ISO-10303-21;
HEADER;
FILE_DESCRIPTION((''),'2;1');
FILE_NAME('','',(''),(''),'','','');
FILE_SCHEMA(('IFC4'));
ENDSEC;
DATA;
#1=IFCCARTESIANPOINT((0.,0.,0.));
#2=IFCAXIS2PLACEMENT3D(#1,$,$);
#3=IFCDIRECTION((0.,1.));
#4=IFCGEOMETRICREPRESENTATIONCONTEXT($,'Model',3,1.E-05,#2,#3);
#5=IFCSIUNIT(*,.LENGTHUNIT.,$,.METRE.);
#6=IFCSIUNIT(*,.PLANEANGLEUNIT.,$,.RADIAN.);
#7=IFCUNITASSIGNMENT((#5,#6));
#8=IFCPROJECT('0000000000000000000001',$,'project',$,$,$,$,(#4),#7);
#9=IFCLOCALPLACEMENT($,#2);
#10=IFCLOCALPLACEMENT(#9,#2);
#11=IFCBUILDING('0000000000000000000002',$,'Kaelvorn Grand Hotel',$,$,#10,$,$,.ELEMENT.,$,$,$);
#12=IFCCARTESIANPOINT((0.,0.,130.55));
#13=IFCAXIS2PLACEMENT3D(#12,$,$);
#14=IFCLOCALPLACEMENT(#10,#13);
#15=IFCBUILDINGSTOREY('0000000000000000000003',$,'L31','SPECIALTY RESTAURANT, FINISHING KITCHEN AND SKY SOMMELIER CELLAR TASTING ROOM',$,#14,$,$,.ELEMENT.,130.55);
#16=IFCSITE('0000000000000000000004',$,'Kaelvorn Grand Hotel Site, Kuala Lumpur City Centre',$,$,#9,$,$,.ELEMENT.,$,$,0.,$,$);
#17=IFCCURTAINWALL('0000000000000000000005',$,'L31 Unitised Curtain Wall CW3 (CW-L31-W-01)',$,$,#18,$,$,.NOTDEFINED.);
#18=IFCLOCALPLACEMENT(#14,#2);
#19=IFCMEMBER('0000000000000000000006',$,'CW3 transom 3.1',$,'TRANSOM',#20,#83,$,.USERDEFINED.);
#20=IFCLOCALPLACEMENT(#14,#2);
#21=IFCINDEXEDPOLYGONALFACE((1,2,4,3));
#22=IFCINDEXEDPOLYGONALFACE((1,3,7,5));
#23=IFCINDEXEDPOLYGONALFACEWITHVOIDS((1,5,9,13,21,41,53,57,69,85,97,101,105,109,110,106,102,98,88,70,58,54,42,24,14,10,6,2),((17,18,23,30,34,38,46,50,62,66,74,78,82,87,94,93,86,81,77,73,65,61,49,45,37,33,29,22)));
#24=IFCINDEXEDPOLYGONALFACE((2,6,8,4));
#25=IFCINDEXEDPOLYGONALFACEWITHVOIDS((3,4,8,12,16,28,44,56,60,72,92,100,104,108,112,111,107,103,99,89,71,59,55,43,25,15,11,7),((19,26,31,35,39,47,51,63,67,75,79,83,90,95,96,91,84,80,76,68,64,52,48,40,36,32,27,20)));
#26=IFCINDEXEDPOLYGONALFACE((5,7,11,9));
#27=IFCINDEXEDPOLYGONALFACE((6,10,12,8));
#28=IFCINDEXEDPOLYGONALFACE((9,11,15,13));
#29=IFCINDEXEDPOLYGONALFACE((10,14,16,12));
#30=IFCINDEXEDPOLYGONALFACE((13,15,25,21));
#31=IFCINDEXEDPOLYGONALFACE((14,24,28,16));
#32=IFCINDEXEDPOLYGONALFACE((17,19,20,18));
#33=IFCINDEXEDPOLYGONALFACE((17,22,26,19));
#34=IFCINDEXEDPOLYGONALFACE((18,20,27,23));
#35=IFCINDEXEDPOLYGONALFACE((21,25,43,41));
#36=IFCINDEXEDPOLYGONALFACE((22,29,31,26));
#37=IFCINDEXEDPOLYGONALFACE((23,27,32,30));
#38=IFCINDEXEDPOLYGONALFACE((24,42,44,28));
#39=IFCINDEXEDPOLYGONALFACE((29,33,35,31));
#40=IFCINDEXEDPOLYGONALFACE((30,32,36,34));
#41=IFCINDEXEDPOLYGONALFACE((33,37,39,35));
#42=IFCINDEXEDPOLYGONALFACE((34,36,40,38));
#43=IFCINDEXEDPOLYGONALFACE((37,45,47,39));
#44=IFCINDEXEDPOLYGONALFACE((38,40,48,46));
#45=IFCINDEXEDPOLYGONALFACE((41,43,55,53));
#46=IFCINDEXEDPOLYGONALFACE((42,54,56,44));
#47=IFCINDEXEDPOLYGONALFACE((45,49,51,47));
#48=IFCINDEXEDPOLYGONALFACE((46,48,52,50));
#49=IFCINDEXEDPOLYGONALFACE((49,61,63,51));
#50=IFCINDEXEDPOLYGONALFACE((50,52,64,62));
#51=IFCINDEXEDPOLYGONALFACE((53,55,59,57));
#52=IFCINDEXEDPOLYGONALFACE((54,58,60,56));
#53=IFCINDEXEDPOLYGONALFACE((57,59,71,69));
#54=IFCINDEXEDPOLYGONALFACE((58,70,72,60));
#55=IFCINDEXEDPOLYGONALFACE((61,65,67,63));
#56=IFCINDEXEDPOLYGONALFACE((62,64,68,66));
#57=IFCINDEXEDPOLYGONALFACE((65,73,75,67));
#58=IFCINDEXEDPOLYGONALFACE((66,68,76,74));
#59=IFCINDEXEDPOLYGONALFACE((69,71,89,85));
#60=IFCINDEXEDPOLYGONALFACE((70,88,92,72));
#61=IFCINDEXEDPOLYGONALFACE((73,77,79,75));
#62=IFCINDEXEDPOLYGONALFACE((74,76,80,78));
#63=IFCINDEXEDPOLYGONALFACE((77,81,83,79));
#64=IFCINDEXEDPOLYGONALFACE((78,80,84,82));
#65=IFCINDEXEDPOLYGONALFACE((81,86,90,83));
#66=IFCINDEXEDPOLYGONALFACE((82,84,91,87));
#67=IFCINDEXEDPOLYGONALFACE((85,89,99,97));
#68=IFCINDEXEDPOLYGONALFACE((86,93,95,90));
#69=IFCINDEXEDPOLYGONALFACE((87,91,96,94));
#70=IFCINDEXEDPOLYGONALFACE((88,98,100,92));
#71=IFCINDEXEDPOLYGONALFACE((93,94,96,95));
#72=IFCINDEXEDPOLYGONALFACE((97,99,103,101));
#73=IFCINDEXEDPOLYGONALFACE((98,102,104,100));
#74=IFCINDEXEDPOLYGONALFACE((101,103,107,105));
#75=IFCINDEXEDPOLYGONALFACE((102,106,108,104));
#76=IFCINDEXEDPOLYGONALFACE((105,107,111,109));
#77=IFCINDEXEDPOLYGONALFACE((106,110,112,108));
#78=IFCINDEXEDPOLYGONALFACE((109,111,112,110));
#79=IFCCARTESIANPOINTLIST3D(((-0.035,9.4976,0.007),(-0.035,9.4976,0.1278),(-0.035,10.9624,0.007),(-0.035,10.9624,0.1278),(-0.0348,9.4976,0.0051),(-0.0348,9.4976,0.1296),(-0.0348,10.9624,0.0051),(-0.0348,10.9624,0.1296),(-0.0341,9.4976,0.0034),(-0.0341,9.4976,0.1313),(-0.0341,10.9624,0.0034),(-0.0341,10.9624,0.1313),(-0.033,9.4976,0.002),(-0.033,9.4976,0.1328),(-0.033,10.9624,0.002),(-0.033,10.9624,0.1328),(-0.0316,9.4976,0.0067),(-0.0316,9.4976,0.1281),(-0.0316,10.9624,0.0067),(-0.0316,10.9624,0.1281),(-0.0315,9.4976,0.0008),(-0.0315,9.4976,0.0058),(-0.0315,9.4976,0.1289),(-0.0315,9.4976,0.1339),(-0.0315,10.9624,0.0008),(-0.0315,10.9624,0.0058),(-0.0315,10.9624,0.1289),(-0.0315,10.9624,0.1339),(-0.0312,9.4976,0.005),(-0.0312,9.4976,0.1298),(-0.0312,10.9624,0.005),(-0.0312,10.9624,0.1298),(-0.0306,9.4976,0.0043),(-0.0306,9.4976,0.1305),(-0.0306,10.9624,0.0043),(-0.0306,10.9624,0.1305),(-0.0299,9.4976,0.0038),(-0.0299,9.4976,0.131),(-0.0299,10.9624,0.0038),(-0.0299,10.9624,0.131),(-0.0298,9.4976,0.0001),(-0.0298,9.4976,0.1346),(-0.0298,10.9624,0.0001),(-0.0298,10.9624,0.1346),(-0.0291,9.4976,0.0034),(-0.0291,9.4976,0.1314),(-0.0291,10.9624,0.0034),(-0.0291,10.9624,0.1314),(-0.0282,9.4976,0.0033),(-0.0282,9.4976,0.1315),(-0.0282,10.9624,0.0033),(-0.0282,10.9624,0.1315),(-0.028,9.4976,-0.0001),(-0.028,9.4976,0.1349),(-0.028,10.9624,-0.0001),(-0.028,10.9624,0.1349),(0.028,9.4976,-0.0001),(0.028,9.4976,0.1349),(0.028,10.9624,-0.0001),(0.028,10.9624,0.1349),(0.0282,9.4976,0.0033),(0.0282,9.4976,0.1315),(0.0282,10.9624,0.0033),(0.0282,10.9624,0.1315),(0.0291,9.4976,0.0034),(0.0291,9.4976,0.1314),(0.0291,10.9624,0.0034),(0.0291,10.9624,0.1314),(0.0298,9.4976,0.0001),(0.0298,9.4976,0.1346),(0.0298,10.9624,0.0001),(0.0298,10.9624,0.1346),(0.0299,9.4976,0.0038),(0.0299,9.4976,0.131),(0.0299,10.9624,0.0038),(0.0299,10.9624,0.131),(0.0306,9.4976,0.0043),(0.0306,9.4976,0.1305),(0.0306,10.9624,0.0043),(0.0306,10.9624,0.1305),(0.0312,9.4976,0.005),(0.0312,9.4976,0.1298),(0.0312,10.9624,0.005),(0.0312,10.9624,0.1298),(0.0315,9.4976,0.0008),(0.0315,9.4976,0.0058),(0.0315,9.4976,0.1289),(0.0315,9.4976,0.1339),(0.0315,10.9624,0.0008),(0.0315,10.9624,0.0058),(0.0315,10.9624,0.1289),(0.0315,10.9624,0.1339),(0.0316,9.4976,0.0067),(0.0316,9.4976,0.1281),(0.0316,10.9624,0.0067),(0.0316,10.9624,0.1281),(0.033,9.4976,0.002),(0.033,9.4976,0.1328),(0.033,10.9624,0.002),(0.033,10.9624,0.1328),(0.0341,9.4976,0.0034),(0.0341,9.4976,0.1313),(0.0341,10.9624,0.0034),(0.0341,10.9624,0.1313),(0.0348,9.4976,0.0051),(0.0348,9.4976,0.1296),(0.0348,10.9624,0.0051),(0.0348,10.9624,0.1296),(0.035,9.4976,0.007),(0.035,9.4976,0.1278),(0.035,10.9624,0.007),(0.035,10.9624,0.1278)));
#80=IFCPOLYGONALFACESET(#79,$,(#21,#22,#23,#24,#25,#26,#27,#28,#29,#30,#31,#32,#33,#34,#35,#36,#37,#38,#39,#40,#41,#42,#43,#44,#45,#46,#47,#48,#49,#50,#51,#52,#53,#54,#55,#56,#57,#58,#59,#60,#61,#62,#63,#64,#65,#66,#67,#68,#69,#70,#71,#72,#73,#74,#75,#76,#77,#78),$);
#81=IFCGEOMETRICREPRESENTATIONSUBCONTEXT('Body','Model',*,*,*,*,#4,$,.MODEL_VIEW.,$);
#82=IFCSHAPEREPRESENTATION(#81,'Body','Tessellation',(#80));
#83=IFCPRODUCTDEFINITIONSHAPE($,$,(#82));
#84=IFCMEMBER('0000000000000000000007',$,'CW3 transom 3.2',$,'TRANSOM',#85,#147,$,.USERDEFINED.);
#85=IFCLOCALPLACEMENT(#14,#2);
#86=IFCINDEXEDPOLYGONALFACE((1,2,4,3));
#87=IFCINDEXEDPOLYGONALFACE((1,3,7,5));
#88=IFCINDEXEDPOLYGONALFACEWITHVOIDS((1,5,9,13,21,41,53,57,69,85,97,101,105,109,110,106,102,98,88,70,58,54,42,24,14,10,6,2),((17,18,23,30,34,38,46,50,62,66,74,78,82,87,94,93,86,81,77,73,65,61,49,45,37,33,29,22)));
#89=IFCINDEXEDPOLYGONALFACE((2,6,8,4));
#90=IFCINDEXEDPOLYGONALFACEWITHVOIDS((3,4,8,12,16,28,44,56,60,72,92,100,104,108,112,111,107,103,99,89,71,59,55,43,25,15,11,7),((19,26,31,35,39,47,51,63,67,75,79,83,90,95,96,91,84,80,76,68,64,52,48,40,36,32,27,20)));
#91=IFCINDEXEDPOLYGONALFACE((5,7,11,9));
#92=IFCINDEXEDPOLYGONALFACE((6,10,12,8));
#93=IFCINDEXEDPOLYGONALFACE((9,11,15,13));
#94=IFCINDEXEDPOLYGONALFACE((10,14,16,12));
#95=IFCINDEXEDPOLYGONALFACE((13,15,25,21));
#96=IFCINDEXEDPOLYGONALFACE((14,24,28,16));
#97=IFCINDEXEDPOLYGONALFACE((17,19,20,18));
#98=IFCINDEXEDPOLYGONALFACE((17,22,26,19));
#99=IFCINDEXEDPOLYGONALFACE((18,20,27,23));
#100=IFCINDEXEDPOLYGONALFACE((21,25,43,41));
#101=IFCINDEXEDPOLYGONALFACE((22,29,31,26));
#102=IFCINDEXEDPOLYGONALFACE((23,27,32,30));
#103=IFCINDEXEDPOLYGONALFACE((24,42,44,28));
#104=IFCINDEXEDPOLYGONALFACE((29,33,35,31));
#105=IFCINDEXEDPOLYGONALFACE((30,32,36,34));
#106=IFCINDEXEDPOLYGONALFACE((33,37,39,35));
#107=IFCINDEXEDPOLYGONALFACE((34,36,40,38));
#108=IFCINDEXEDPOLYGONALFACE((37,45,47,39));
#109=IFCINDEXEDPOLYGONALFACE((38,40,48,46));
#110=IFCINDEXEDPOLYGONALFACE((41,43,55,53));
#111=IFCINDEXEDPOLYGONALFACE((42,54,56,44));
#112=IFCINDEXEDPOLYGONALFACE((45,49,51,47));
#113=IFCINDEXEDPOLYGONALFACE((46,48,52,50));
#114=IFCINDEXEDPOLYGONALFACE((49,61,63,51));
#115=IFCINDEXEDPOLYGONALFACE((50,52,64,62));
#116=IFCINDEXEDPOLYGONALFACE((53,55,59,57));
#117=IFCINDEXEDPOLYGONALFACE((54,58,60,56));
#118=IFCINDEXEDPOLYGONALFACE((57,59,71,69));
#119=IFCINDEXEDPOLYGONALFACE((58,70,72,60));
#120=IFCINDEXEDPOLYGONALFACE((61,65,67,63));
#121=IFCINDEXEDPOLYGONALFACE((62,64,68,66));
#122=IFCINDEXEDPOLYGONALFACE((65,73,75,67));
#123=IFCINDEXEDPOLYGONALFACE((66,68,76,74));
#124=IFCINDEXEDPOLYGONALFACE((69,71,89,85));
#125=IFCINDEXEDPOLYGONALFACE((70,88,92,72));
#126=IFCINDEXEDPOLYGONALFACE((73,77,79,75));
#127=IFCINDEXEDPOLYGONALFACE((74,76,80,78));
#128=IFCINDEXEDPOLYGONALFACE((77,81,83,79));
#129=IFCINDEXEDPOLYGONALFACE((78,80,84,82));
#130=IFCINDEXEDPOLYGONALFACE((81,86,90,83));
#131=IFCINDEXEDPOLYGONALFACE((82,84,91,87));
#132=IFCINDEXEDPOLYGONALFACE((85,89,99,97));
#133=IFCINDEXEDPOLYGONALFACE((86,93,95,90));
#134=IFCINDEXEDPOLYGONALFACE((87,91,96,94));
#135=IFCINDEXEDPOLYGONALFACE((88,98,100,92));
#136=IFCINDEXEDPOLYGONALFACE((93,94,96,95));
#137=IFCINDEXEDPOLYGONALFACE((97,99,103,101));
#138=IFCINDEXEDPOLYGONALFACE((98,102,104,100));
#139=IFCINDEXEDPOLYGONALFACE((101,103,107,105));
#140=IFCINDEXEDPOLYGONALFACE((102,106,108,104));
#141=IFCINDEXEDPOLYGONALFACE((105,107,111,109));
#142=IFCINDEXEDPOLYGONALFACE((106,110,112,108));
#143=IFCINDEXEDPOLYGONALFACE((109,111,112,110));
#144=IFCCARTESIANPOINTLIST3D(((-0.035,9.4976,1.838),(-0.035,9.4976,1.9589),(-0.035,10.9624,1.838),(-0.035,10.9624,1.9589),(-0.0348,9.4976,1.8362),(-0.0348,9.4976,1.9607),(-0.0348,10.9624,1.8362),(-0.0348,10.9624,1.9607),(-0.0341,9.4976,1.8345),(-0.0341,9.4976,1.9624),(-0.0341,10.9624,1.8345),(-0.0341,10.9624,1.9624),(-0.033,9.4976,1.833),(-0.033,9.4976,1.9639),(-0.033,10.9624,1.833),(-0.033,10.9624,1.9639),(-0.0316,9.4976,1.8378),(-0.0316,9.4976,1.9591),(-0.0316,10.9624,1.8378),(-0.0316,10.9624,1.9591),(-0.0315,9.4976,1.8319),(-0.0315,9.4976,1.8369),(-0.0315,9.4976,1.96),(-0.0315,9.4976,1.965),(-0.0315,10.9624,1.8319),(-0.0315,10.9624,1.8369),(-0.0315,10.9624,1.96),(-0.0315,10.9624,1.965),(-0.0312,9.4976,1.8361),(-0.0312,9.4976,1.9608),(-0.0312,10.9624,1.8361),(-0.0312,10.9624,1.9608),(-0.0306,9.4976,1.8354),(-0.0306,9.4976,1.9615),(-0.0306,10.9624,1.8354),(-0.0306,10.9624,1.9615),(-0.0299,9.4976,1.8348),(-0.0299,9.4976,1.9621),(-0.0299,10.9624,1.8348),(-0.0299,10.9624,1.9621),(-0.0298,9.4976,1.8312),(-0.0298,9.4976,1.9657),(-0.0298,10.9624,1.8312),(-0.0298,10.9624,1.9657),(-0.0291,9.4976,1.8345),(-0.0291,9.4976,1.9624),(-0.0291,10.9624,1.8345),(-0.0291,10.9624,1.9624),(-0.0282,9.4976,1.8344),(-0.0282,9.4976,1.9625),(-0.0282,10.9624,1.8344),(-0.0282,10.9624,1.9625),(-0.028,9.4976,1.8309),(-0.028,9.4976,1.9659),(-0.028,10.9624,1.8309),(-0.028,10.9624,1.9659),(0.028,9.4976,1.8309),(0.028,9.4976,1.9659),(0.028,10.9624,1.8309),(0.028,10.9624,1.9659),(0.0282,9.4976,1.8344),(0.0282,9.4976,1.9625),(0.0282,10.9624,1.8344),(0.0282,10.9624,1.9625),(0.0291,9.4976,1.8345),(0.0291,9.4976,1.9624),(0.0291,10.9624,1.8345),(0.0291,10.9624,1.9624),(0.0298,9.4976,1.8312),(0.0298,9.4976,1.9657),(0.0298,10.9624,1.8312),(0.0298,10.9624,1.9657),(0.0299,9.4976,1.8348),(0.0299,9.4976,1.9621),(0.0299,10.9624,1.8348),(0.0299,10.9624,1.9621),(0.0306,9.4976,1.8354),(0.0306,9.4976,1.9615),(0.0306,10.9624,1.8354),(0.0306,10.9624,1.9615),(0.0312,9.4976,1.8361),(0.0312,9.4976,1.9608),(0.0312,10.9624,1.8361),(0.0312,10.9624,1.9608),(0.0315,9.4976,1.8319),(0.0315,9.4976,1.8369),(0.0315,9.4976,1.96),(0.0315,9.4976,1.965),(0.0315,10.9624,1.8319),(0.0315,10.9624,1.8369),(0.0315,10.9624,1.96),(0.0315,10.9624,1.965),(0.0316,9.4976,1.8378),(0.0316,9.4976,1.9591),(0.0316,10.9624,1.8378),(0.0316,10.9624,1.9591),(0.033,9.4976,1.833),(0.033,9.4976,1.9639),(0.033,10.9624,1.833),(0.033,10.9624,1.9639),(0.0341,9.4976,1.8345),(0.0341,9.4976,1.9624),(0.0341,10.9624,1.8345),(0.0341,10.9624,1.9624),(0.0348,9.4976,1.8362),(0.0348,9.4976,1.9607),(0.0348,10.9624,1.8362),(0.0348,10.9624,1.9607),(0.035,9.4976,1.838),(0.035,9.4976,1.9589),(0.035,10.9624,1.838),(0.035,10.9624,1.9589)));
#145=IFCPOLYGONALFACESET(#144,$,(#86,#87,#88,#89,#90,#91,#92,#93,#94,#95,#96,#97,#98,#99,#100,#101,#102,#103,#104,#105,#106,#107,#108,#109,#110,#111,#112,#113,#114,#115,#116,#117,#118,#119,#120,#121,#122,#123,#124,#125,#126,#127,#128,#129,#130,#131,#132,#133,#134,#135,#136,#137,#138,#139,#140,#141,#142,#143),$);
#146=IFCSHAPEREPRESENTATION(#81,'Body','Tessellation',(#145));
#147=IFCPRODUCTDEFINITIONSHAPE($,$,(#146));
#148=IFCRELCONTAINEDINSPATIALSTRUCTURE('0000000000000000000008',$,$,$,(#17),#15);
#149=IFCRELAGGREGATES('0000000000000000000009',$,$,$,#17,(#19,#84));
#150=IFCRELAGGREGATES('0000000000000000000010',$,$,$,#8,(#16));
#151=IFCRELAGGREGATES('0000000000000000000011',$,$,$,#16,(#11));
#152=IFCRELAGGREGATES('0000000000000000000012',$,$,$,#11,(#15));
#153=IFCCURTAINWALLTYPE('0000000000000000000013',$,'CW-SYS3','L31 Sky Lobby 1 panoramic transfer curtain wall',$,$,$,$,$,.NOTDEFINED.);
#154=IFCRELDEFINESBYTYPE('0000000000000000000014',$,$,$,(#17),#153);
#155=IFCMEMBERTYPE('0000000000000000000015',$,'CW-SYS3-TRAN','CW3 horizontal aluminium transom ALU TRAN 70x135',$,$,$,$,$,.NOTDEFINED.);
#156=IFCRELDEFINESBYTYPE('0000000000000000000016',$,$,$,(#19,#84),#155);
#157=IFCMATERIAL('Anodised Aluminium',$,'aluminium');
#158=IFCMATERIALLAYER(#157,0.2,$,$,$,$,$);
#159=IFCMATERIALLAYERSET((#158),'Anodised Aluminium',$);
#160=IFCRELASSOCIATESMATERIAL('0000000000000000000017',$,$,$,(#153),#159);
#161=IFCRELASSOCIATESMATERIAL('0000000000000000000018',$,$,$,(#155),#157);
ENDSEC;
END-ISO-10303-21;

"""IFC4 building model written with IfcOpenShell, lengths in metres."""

from ifc_helpers import new_model, si_unit, direction, frame, origin, origin_2d, place, context, subcontext, project, spatial, hollow_rectangle, extrude, material, layer, layer_set, material_profile, profile_set, type_object, element, aggregate, save


model = new_model("IFC4")

# Units and contexts
model_context = context("Model", 3, precision=1e-05, world=origin(), true_north=direction((0.0, 1.0)))
body_context = subcontext(model_context, "Body", "Model", "MODEL_VIEW")
ifc_project = project(units=[si_unit("LENGTHUNIT", "METRE"), si_unit("PLANEANGLEUNIT", "RADIAN")], contexts=[model_context])

# Site, building, storey
site_placement = place(None, origin())
site = spatial("IfcSite", under=ifc_project, at=site_placement, Name="Kaelvorn Grand Hotel Site, Kuala Lumpur City Centre", CompositionType="ELEMENT", RefElevation=0.0)
building_placement = place(site_placement, origin())
building = spatial("IfcBuilding", under=site, at=building_placement, Name="Kaelvorn Grand Hotel", CompositionType="ELEMENT")
storey_placement = place(building_placement, frame((0.0, 0.0, 130.55)))
storey = spatial("IfcBuildingStorey", under=building, at=storey_placement, Name="L31", Description="SPECIALTY RESTAURANT, FINISHING KITCHEN AND SKY SOMMELIER CELLAR TASTING ROOM", CompositionType="ELEMENT", Elevation=130.55)

# Curtain wall, members
ifc_material_1 = material(Name="Anodised Aluminium", Category="aluminium")
ifc_layer_1 = layer(ifc_material_1, 0.2)
ifc_layer_set_1 = layer_set([ifc_layer_1], Name="Anodised Aluminium")
curtain_wall_type = type_object("IfcCurtainWallType", Name="CW-SYS3", Description="L31 Sky Lobby 1 panoramic transfer curtain wall", PredefinedType="NOTDEFINED", material=ifc_layer_set_1)
curtain_wall_placement = place(storey_placement, origin())
curtain_wall = element("IfcCurtainWall", 1, at=curtain_wall_placement, inside=storey, type_object=curtain_wall_type, Name="L31 Unitised Curtain Wall CW3 (CW-L31-W-01)", PredefinedType="NOTDEFINED")
ifc_material_profile_1 = material_profile(ifc_material_1, hollow_rectangle(XDim=0.0701, YDim=0.135, WallThickness=0.0034, InnerFilletRadius=0.0034, OuterFilletRadius=0.0071, at=origin_2d()), Name="ALU TRAN 70x135")
ifc_profile_set_1 = profile_set([ifc_material_profile_1], Name="Anodised Aluminium")
member_type_1 = type_object("IfcMemberType", Name="CW-SYS3-TRAN", Description="CW3 horizontal aluminium transom ALU TRAN 70x135", PredefinedType="NOTDEFINED", material=ifc_profile_set_1)
member_1_placement = place(storey_placement, frame((0.0, 10.9624, 0.0674), z_axis=(0.0, -1.0, 0.0), x_axis=(1.0, 0.0, 0.0)))
member_1 = element("IfcMember", 2, at=member_1_placement, type_object=member_type_1, Name="CW3 transom 3.1", ObjectType="TRANSOM", PredefinedType="USERDEFINED", context=body_context, shape_type="SweptSolid", body=[
    extrude(hollow_rectangle(XDim=0.0701, YDim=0.135, WallThickness=0.0034, InnerFilletRadius=0.0034, OuterFilletRadius=0.0071, at=origin_2d()), origin(), (0.0, 0.0, 1.0), 1.4648),
])
member_2_placement = place(storey_placement, frame((0.0, 10.9624, 1.8984), z_axis=(0.0, -1.0, 0.0), x_axis=(1.0, 0.0, 0.0)))
member_2 = element("IfcMember", 3, at=member_2_placement, type_object=member_type_1, Name="CW3 transom 3.2", ObjectType="TRANSOM", PredefinedType="USERDEFINED", context=body_context, shape_type="SweptSolid", body=[
    extrude(hollow_rectangle(XDim=0.0701, YDim=0.135, WallThickness=0.0034, InnerFilletRadius=0.0034, OuterFilletRadius=0.0071, at=origin_2d()), origin(), (0.0, 0.0, 1.0), 1.4648),
])
aggregate(curtain_wall, [member_1, member_2])

save(model, "model.ifc")
